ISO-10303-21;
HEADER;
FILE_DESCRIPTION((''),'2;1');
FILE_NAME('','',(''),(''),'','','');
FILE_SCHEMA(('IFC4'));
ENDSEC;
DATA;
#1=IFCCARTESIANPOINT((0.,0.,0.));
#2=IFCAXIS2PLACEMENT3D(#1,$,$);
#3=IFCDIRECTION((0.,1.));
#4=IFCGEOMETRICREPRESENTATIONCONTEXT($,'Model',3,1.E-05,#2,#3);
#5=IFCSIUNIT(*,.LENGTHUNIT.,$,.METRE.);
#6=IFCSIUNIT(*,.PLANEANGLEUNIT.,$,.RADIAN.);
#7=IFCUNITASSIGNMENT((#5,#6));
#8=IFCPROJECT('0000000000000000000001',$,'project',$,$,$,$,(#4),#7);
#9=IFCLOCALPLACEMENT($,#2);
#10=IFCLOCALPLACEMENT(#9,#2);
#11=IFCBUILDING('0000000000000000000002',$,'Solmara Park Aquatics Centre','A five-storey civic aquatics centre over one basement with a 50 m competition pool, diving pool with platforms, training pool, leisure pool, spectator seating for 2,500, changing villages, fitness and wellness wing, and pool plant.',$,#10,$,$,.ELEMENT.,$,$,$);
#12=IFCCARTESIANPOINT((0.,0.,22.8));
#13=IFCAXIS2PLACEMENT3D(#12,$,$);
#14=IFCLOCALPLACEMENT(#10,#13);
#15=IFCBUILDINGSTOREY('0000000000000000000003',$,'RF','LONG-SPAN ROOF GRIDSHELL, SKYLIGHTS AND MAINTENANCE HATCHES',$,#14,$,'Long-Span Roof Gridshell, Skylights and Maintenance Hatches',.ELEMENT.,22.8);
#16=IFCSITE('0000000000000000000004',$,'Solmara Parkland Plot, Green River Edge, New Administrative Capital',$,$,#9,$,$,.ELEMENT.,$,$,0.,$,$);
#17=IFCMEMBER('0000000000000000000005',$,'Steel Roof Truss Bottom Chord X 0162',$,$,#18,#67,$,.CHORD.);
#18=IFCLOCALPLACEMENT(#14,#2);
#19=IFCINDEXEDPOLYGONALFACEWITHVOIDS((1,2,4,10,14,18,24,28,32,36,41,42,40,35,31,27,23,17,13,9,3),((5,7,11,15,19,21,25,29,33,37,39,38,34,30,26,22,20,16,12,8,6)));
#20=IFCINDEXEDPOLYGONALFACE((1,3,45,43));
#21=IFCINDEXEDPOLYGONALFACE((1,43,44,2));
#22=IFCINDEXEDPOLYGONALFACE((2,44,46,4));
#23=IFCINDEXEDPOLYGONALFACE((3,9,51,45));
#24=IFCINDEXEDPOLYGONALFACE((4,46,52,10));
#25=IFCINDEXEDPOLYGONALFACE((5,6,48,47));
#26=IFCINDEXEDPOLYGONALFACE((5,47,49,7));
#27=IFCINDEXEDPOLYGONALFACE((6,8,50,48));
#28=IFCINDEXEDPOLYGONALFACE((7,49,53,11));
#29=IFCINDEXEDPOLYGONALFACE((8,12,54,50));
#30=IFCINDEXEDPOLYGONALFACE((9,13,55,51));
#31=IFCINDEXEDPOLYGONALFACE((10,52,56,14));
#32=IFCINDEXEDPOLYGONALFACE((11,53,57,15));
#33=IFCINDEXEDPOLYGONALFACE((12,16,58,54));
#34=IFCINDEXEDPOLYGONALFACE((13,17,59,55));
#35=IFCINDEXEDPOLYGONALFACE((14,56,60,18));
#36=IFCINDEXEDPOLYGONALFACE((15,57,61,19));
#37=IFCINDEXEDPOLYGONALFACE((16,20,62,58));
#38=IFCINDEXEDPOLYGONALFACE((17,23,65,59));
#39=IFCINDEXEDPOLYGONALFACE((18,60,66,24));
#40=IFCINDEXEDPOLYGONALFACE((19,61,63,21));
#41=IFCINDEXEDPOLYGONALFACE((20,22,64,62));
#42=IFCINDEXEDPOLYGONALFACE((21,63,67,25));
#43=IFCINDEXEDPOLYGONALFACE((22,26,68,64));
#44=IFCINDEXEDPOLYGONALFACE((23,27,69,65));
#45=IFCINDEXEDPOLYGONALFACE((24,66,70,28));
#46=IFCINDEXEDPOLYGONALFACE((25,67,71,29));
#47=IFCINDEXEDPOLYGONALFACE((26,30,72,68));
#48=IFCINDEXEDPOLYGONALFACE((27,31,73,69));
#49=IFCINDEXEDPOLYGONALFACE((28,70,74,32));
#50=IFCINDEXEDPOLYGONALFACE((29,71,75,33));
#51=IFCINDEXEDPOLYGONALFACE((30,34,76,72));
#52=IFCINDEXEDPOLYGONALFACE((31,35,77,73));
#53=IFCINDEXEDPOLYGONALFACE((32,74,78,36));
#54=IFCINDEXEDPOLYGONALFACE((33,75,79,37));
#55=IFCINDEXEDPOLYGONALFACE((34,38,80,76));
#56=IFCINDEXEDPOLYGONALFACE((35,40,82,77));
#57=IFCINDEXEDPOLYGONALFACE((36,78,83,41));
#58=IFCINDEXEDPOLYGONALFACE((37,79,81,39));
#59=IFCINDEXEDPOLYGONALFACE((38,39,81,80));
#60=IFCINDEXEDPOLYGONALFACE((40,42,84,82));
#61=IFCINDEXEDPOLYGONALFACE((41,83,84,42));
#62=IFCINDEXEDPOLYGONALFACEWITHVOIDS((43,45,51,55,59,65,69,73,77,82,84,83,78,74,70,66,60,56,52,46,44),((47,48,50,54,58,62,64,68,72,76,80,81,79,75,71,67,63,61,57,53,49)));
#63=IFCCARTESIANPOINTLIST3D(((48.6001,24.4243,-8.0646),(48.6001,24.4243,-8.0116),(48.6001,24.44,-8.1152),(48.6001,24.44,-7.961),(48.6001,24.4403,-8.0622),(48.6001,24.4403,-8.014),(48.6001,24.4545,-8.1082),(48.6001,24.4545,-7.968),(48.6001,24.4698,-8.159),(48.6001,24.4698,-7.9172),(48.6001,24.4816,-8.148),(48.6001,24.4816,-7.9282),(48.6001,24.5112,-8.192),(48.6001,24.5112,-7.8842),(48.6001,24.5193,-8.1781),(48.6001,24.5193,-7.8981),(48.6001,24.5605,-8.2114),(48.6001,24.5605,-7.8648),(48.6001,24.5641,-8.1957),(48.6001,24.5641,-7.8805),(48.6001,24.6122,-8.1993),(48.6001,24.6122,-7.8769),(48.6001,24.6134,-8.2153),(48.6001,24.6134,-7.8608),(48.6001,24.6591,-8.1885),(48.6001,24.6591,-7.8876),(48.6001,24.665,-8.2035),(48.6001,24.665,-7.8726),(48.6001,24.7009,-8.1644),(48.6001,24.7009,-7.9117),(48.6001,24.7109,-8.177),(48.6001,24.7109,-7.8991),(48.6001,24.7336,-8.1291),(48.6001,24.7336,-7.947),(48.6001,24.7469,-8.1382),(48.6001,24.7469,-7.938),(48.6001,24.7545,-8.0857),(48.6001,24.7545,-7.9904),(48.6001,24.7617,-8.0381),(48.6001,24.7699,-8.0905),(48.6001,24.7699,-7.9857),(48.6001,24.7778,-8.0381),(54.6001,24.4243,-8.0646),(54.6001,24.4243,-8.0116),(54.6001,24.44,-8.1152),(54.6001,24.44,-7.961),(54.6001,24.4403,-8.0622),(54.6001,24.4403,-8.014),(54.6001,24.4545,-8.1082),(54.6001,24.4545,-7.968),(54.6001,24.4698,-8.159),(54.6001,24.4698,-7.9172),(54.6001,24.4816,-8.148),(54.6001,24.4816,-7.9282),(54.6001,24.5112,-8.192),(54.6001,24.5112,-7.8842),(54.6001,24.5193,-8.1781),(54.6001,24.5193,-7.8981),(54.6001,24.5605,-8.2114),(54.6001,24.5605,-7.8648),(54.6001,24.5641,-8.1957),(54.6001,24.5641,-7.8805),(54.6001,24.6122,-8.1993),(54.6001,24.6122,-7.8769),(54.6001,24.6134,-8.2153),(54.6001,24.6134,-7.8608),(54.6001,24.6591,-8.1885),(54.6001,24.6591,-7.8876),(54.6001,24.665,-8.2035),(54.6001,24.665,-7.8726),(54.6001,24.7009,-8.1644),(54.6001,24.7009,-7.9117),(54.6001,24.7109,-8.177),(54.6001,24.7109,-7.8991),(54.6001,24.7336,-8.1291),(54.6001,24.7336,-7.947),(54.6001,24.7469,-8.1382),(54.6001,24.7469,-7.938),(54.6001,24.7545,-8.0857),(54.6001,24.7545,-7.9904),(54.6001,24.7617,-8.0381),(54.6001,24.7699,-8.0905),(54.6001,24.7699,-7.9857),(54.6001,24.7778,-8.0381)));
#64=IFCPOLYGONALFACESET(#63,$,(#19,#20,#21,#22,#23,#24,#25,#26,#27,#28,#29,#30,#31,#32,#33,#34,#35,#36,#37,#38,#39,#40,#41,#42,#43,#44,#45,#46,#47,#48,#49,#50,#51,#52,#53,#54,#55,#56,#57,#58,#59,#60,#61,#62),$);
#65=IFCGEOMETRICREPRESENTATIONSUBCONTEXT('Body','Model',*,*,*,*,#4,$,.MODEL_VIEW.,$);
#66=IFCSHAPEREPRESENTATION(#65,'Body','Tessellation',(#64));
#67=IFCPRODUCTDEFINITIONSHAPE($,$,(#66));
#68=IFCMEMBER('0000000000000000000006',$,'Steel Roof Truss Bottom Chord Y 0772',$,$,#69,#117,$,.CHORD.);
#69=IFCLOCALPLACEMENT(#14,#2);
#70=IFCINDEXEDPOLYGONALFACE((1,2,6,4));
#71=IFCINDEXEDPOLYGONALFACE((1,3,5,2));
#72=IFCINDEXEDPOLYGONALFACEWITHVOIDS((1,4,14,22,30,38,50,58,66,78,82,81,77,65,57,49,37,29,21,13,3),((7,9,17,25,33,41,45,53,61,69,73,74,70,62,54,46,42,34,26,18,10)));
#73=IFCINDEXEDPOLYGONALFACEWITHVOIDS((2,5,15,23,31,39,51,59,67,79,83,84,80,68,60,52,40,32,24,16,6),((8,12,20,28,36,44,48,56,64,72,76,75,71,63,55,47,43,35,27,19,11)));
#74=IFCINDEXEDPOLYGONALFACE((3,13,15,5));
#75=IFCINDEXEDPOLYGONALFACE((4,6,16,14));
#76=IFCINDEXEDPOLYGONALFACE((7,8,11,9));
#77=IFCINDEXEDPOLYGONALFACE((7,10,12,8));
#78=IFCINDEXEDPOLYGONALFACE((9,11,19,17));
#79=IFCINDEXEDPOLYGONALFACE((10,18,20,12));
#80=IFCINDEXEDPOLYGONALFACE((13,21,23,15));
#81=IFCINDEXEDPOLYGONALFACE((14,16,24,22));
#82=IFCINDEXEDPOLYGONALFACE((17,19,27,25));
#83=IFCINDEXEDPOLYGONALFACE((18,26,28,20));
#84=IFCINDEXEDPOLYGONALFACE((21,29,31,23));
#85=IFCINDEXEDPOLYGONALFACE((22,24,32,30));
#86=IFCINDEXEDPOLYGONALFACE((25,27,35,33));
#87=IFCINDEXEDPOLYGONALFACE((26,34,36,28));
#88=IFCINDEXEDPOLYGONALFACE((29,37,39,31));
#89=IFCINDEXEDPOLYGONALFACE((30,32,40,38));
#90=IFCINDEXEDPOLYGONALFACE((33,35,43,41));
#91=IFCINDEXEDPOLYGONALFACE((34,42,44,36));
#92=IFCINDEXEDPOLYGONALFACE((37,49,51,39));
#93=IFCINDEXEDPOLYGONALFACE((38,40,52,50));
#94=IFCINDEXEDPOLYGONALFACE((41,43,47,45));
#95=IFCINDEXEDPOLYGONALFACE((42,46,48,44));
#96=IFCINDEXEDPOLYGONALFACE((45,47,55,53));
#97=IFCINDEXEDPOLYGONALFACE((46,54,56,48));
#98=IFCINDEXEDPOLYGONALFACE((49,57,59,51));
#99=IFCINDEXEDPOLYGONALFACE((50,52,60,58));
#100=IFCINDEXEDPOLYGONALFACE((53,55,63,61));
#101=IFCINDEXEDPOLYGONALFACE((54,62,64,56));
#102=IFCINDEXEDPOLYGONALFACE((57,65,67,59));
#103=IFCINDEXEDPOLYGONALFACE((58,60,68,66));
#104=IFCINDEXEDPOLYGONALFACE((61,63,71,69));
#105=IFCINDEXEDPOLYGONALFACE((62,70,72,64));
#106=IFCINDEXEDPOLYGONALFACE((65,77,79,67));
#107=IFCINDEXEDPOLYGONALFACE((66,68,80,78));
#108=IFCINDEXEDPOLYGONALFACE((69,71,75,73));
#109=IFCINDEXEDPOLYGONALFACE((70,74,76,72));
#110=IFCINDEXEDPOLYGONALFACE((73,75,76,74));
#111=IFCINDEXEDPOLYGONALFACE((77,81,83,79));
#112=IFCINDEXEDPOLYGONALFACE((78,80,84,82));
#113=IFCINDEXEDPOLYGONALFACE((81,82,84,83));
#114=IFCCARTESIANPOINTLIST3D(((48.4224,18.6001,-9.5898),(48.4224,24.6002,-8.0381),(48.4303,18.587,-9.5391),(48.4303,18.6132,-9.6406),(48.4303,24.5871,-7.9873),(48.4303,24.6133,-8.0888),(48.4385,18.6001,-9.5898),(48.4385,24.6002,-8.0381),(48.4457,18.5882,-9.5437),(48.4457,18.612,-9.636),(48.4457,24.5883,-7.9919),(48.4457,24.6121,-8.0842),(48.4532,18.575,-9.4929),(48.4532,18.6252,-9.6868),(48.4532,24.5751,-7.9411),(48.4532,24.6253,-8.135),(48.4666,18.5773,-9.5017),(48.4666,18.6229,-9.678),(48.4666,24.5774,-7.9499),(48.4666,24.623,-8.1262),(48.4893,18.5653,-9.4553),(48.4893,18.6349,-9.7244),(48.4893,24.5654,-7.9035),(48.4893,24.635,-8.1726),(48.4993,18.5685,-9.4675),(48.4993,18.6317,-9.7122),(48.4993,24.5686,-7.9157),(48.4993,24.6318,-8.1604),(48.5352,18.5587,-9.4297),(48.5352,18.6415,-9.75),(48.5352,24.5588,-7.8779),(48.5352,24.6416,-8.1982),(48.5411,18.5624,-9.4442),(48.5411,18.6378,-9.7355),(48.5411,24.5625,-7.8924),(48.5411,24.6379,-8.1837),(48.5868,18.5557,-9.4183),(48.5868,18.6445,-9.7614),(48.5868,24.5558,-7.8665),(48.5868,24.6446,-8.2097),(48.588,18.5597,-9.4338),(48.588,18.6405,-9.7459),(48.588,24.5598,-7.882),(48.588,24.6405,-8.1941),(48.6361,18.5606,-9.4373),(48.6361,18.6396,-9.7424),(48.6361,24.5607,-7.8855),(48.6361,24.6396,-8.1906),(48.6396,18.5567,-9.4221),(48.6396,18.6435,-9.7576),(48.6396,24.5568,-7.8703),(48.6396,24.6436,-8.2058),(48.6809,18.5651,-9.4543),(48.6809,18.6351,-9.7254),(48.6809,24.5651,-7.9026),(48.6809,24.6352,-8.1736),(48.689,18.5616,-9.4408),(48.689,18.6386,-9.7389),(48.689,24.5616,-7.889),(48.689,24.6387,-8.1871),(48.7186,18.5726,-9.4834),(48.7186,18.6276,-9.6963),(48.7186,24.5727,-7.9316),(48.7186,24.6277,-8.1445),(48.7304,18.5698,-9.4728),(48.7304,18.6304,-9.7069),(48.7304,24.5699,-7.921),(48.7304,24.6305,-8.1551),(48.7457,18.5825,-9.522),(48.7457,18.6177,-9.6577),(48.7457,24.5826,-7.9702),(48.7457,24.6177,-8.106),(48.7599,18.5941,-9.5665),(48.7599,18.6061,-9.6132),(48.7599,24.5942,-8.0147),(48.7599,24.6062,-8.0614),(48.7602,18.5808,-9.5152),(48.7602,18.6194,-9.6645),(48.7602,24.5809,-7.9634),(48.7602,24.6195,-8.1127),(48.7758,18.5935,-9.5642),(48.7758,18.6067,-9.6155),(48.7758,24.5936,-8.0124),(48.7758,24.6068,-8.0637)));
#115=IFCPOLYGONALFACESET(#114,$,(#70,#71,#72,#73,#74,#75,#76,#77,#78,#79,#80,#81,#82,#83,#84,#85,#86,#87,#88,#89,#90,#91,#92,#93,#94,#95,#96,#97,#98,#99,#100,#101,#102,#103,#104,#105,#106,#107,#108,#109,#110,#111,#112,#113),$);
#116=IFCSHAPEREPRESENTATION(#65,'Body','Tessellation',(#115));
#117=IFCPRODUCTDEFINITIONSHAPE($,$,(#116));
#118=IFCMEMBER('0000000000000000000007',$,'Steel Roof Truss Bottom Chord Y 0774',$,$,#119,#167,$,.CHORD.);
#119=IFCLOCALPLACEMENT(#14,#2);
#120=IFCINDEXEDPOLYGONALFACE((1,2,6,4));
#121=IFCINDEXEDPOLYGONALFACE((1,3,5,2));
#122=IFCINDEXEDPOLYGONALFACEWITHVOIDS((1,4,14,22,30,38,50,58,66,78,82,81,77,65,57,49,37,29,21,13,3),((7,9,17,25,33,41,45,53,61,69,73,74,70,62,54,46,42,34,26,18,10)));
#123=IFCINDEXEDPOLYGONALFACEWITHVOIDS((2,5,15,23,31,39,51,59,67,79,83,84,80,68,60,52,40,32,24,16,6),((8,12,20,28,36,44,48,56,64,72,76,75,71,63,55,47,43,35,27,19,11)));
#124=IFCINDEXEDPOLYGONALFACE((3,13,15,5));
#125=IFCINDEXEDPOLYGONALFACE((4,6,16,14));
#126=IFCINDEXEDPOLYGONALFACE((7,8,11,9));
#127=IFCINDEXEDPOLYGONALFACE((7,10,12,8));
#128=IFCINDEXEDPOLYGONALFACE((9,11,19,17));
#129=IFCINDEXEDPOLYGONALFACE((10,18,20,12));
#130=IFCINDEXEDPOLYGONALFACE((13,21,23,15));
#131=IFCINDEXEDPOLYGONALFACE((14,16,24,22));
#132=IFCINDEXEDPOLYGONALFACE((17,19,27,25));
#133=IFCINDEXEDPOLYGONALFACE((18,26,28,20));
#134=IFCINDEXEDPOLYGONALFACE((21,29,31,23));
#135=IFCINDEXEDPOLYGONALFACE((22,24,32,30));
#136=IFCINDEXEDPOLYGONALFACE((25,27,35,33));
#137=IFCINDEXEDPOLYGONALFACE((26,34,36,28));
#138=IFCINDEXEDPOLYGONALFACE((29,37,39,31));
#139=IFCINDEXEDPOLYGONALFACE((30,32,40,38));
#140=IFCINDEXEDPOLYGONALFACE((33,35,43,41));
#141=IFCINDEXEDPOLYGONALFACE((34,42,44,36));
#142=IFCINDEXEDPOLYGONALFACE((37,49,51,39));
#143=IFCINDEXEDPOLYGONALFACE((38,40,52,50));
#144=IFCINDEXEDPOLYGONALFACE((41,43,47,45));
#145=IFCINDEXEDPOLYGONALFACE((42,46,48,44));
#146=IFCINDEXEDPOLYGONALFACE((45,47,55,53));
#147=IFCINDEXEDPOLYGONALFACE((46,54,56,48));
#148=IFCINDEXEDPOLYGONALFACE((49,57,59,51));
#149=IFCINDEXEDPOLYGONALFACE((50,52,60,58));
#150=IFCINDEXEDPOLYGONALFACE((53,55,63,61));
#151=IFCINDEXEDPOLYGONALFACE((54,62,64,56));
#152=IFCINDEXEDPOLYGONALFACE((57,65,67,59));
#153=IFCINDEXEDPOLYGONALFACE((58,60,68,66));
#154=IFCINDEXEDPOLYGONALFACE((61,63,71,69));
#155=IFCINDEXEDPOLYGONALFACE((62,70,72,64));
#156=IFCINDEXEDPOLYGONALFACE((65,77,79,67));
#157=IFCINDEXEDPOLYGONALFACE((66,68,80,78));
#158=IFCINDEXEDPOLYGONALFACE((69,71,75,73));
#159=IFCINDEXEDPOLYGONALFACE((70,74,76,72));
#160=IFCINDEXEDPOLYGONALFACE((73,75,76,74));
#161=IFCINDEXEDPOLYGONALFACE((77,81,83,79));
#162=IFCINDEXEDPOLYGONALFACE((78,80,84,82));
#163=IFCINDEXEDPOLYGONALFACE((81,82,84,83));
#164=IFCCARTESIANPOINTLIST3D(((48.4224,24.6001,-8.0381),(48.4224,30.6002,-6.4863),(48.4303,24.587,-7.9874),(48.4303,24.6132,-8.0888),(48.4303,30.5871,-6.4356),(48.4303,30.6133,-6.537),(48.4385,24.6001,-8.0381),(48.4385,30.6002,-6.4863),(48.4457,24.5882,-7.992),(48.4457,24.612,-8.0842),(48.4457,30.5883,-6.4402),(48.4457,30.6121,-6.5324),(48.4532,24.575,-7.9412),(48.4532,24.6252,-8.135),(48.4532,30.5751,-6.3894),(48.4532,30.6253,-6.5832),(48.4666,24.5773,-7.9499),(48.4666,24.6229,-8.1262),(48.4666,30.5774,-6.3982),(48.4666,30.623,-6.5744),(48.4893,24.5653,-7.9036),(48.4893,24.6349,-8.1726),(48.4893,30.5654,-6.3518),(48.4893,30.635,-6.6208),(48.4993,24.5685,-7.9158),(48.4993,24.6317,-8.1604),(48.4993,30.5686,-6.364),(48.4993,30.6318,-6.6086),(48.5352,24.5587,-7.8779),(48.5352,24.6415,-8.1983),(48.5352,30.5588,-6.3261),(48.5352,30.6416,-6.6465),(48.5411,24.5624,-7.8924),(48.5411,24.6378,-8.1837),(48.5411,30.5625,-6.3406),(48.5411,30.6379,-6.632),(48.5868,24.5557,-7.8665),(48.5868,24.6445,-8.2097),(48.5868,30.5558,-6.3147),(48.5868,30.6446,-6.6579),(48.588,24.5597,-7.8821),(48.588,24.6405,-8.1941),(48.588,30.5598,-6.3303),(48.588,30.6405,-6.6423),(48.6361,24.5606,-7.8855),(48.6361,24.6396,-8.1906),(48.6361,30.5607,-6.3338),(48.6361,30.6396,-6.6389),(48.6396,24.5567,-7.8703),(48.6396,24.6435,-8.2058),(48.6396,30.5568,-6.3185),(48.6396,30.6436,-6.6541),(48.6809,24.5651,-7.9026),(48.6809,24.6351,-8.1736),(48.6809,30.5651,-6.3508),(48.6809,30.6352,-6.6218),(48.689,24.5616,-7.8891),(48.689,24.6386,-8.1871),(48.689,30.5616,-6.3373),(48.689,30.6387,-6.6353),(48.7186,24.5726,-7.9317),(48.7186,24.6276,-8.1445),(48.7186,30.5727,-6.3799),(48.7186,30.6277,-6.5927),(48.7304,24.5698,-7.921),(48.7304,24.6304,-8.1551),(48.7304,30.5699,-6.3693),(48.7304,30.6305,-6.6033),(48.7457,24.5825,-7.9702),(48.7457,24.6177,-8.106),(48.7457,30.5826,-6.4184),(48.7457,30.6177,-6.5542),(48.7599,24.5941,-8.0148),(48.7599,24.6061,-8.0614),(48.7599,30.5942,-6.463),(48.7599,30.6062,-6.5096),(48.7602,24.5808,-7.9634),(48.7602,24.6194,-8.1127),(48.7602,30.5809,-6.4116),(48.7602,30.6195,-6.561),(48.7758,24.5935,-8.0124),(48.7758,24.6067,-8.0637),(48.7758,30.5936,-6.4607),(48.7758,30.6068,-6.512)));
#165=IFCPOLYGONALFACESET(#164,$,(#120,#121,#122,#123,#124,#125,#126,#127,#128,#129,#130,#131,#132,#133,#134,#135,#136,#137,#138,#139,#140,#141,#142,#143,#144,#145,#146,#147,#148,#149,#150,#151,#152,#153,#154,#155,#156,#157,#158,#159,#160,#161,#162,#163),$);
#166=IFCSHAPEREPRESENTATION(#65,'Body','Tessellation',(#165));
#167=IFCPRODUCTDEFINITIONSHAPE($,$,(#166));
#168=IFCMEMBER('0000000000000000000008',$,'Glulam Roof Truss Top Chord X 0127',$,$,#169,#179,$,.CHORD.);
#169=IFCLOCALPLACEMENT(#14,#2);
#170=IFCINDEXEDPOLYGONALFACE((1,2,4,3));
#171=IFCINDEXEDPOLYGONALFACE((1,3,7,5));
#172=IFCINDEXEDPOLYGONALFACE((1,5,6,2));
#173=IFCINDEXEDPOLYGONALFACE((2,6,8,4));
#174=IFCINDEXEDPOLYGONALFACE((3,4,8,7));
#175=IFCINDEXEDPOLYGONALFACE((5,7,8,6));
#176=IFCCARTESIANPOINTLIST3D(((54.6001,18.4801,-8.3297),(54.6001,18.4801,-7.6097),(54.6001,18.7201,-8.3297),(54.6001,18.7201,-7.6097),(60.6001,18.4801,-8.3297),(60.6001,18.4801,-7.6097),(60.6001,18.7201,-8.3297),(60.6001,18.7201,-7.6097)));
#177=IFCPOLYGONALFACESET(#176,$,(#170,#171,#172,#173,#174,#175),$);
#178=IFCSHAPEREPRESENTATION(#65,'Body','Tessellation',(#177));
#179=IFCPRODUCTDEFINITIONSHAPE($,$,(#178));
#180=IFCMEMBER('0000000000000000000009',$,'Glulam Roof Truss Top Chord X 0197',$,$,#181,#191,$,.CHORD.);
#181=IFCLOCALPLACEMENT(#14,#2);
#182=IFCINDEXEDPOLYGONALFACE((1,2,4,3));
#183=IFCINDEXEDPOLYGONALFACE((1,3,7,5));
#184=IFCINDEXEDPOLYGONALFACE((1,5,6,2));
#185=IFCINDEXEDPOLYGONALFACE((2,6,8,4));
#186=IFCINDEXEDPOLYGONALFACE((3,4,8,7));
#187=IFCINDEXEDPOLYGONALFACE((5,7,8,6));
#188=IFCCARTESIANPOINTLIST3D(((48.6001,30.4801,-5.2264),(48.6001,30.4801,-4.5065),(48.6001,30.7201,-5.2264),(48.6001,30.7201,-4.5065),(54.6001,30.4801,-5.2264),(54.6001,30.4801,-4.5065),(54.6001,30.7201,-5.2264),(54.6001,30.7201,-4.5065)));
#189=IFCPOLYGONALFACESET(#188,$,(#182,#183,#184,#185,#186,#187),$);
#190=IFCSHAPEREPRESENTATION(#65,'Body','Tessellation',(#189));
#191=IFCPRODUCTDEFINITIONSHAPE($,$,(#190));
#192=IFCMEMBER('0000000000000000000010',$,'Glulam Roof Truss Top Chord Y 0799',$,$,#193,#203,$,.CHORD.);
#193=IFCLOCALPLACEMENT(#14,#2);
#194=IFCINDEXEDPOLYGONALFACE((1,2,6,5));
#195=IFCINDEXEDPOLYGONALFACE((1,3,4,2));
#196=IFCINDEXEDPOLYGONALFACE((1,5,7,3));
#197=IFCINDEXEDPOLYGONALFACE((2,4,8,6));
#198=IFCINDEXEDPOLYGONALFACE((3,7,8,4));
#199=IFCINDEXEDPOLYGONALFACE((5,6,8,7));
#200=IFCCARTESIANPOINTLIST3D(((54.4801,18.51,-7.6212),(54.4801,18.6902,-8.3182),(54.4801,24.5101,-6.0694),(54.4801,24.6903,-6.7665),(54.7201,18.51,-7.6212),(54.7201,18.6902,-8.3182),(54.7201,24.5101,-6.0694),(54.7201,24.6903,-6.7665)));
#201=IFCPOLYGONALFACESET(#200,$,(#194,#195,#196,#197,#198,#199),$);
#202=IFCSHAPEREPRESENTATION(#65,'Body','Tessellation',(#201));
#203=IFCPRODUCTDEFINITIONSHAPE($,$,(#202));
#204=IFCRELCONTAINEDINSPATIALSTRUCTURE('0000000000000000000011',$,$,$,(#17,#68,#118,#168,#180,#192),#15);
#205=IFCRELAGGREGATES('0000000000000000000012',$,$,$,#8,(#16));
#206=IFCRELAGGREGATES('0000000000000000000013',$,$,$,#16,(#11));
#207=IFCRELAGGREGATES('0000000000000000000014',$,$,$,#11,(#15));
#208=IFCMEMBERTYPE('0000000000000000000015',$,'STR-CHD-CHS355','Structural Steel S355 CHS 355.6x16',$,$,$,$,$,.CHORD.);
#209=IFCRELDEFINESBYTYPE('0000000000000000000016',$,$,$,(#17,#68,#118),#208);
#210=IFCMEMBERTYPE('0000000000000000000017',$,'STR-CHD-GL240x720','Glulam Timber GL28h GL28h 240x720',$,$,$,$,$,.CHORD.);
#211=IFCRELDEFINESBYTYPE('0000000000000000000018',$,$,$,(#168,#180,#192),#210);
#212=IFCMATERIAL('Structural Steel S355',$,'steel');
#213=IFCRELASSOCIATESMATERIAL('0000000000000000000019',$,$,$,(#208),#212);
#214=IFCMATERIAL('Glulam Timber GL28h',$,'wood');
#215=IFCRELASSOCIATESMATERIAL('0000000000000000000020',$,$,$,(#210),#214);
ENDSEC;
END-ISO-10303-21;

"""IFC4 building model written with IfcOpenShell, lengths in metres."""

from ifc_helpers import new_model, si_unit, direction, frame, origin, origin_2d, place, context, subcontext, project, spatial, rectangle, hollow_circle, extrude, material, material_profile, profile_set, type_object, element, save


model = new_model("IFC4")

# Units and contexts
model_context = context("Model", 3, precision=1e-05, world=origin(), true_north=direction((0.0, 1.0)))
body_context = subcontext(model_context, "Body", "Model", "MODEL_VIEW")
ifc_project = project(units=[si_unit("LENGTHUNIT", "METRE"), si_unit("PLANEANGLEUNIT", "RADIAN")], contexts=[model_context])

# Site, building, storey
site_placement = place(None, origin())
site = spatial("IfcSite", under=ifc_project, at=site_placement, Name="Solmara Parkland Plot, Green River Edge, New Administrative Capital", CompositionType="ELEMENT", RefElevation=0.0)
building_placement = place(site_placement, origin())
building = spatial("IfcBuilding", under=site, at=building_placement, Name="Solmara Park Aquatics Centre", Description="A five-storey civic aquatics centre over one basement with a 50 m competition pool, diving pool with platforms, training pool, leisure pool, spectator seating for 2,500, changing villages, fitness and wellness wing, and pool plant.", CompositionType="ELEMENT")
storey_placement = place(building_placement, frame((0.0, 0.0, 22.8)))
storey = spatial("IfcBuildingStorey", under=building, at=storey_placement, Name="RF", Description="LONG-SPAN ROOF GRIDSHELL, SKYLIGHTS AND MAINTENANCE HATCHES", LongName="Long-Span Roof Gridshell, Skylights and Maintenance Hatches", CompositionType="ELEMENT", Elevation=22.8)

# Members
ifc_material_1 = material(Name="Structural Steel S355", Category="steel")
ifc_material_profile_1 = material_profile(ifc_material_1, hollow_circle(Radius=0.1777, WallThickness=0.0161, at=origin_2d()), Name="CHS 355.6x16")
ifc_profile_set_1 = profile_set([ifc_material_profile_1], Name="Structural Steel S355")
member_type_1 = type_object("IfcMemberType", Name="STR-CHD-CHS355", Description="Structural Steel S355 CHS 355.6x16", PredefinedType="CHORD", material=ifc_profile_set_1)
member_1_placement = place(storey_placement, frame((48.6001, 24.6001, -8.0381), z_axis=(1.0, 0.0, 0.0), x_axis=(0.0, 1.0, 0.0)))
element("IfcMember", 1, at=member_1_placement, inside=storey, type_object=member_type_1, Name="Steel Roof Truss Bottom Chord X 0162", PredefinedType="CHORD", context=body_context, shape_type="SweptSolid", body=[
    extrude(hollow_circle(Radius=0.1777, WallThickness=0.0161, at=origin_2d()), origin(), (0.0, 0.0, 1.0), 6.0),
])
for number, where, z_axis, x_axis, name in (
    (2, (48.6001, 18.6001, -9.5898), (0.0, 0.968146, 0.250388), (-1.0, 0.0, 0.0), "Steel Roof Truss Bottom Chord Y 0772"),
    (3, (48.6001, 24.6001, -8.0381), (0.0, 0.968146, 0.250388), (-1.0, 0.0, 0.0), "Steel Roof Truss Bottom Chord Y 0774"),
):
    element("IfcMember", number, at=place(storey_placement, frame(where, z_axis=z_axis, x_axis=x_axis)), inside=storey, type_object=member_type_1, Name=name, PredefinedType="CHORD", context=body_context, shape_type="SweptSolid", body=[
        extrude(hollow_circle(Radius=0.1777, WallThickness=0.0161, at=origin_2d()), origin(), (0.0, 0.0, 1.0), 6.1975),
    ])
ifc_material_2 = material(Name="Glulam Timber GL28h", Category="wood")
ifc_material_profile_2 = material_profile(ifc_material_2, rectangle(XDim=0.24, YDim=0.72, at=origin_2d()), Name="GL28h 240x720")
ifc_profile_set_2 = profile_set([ifc_material_profile_2], Name="Glulam Timber GL28h")
member_type_2 = type_object("IfcMemberType", Name="STR-CHD-GL240x720", Description="Glulam Timber GL28h GL28h 240x720", PredefinedType="CHORD", material=ifc_profile_set_2)
for number, where, z_axis, x_axis, name in (
    (4, (54.6001, 18.6001, -7.9697), (1.0, 0.0, 0.0), (0.0, 1.0, 0.0), "Glulam Roof Truss Top Chord X 0127"),
    (5, (48.6001, 30.6001, -4.8665), (1.0, 0.0, 0.0), (0.0, 1.0, 0.0), "Glulam Roof Truss Top Chord X 0197"),
):
    element("IfcMember", number, at=place(storey_placement, frame(where, z_axis=z_axis, x_axis=x_axis)), inside=storey, type_object=member_type_2, Name=name, PredefinedType="CHORD", context=body_context, shape_type="SweptSolid", body=[
        extrude(rectangle(XDim=0.24, YDim=0.72, at=origin_2d()), origin(), (0.0, 0.0, 1.0), 6.0),
    ])
member_2_placement = place(storey_placement, frame((54.6001, 18.6001, -7.9697), z_axis=(0.0, 0.968146, 0.250388), x_axis=(-1.0, 0.0, 0.0)))
element("IfcMember", 6, at=member_2_placement, inside=storey, type_object=member_type_2, Name="Glulam Roof Truss Top Chord Y 0799", PredefinedType="CHORD", context=body_context, shape_type="SweptSolid", body=[
    extrude(rectangle(XDim=0.24, YDim=0.72, at=origin_2d()), origin(), (0.0, 0.0, 1.0), 6.1975),
])

save(model, "model.ifc")
